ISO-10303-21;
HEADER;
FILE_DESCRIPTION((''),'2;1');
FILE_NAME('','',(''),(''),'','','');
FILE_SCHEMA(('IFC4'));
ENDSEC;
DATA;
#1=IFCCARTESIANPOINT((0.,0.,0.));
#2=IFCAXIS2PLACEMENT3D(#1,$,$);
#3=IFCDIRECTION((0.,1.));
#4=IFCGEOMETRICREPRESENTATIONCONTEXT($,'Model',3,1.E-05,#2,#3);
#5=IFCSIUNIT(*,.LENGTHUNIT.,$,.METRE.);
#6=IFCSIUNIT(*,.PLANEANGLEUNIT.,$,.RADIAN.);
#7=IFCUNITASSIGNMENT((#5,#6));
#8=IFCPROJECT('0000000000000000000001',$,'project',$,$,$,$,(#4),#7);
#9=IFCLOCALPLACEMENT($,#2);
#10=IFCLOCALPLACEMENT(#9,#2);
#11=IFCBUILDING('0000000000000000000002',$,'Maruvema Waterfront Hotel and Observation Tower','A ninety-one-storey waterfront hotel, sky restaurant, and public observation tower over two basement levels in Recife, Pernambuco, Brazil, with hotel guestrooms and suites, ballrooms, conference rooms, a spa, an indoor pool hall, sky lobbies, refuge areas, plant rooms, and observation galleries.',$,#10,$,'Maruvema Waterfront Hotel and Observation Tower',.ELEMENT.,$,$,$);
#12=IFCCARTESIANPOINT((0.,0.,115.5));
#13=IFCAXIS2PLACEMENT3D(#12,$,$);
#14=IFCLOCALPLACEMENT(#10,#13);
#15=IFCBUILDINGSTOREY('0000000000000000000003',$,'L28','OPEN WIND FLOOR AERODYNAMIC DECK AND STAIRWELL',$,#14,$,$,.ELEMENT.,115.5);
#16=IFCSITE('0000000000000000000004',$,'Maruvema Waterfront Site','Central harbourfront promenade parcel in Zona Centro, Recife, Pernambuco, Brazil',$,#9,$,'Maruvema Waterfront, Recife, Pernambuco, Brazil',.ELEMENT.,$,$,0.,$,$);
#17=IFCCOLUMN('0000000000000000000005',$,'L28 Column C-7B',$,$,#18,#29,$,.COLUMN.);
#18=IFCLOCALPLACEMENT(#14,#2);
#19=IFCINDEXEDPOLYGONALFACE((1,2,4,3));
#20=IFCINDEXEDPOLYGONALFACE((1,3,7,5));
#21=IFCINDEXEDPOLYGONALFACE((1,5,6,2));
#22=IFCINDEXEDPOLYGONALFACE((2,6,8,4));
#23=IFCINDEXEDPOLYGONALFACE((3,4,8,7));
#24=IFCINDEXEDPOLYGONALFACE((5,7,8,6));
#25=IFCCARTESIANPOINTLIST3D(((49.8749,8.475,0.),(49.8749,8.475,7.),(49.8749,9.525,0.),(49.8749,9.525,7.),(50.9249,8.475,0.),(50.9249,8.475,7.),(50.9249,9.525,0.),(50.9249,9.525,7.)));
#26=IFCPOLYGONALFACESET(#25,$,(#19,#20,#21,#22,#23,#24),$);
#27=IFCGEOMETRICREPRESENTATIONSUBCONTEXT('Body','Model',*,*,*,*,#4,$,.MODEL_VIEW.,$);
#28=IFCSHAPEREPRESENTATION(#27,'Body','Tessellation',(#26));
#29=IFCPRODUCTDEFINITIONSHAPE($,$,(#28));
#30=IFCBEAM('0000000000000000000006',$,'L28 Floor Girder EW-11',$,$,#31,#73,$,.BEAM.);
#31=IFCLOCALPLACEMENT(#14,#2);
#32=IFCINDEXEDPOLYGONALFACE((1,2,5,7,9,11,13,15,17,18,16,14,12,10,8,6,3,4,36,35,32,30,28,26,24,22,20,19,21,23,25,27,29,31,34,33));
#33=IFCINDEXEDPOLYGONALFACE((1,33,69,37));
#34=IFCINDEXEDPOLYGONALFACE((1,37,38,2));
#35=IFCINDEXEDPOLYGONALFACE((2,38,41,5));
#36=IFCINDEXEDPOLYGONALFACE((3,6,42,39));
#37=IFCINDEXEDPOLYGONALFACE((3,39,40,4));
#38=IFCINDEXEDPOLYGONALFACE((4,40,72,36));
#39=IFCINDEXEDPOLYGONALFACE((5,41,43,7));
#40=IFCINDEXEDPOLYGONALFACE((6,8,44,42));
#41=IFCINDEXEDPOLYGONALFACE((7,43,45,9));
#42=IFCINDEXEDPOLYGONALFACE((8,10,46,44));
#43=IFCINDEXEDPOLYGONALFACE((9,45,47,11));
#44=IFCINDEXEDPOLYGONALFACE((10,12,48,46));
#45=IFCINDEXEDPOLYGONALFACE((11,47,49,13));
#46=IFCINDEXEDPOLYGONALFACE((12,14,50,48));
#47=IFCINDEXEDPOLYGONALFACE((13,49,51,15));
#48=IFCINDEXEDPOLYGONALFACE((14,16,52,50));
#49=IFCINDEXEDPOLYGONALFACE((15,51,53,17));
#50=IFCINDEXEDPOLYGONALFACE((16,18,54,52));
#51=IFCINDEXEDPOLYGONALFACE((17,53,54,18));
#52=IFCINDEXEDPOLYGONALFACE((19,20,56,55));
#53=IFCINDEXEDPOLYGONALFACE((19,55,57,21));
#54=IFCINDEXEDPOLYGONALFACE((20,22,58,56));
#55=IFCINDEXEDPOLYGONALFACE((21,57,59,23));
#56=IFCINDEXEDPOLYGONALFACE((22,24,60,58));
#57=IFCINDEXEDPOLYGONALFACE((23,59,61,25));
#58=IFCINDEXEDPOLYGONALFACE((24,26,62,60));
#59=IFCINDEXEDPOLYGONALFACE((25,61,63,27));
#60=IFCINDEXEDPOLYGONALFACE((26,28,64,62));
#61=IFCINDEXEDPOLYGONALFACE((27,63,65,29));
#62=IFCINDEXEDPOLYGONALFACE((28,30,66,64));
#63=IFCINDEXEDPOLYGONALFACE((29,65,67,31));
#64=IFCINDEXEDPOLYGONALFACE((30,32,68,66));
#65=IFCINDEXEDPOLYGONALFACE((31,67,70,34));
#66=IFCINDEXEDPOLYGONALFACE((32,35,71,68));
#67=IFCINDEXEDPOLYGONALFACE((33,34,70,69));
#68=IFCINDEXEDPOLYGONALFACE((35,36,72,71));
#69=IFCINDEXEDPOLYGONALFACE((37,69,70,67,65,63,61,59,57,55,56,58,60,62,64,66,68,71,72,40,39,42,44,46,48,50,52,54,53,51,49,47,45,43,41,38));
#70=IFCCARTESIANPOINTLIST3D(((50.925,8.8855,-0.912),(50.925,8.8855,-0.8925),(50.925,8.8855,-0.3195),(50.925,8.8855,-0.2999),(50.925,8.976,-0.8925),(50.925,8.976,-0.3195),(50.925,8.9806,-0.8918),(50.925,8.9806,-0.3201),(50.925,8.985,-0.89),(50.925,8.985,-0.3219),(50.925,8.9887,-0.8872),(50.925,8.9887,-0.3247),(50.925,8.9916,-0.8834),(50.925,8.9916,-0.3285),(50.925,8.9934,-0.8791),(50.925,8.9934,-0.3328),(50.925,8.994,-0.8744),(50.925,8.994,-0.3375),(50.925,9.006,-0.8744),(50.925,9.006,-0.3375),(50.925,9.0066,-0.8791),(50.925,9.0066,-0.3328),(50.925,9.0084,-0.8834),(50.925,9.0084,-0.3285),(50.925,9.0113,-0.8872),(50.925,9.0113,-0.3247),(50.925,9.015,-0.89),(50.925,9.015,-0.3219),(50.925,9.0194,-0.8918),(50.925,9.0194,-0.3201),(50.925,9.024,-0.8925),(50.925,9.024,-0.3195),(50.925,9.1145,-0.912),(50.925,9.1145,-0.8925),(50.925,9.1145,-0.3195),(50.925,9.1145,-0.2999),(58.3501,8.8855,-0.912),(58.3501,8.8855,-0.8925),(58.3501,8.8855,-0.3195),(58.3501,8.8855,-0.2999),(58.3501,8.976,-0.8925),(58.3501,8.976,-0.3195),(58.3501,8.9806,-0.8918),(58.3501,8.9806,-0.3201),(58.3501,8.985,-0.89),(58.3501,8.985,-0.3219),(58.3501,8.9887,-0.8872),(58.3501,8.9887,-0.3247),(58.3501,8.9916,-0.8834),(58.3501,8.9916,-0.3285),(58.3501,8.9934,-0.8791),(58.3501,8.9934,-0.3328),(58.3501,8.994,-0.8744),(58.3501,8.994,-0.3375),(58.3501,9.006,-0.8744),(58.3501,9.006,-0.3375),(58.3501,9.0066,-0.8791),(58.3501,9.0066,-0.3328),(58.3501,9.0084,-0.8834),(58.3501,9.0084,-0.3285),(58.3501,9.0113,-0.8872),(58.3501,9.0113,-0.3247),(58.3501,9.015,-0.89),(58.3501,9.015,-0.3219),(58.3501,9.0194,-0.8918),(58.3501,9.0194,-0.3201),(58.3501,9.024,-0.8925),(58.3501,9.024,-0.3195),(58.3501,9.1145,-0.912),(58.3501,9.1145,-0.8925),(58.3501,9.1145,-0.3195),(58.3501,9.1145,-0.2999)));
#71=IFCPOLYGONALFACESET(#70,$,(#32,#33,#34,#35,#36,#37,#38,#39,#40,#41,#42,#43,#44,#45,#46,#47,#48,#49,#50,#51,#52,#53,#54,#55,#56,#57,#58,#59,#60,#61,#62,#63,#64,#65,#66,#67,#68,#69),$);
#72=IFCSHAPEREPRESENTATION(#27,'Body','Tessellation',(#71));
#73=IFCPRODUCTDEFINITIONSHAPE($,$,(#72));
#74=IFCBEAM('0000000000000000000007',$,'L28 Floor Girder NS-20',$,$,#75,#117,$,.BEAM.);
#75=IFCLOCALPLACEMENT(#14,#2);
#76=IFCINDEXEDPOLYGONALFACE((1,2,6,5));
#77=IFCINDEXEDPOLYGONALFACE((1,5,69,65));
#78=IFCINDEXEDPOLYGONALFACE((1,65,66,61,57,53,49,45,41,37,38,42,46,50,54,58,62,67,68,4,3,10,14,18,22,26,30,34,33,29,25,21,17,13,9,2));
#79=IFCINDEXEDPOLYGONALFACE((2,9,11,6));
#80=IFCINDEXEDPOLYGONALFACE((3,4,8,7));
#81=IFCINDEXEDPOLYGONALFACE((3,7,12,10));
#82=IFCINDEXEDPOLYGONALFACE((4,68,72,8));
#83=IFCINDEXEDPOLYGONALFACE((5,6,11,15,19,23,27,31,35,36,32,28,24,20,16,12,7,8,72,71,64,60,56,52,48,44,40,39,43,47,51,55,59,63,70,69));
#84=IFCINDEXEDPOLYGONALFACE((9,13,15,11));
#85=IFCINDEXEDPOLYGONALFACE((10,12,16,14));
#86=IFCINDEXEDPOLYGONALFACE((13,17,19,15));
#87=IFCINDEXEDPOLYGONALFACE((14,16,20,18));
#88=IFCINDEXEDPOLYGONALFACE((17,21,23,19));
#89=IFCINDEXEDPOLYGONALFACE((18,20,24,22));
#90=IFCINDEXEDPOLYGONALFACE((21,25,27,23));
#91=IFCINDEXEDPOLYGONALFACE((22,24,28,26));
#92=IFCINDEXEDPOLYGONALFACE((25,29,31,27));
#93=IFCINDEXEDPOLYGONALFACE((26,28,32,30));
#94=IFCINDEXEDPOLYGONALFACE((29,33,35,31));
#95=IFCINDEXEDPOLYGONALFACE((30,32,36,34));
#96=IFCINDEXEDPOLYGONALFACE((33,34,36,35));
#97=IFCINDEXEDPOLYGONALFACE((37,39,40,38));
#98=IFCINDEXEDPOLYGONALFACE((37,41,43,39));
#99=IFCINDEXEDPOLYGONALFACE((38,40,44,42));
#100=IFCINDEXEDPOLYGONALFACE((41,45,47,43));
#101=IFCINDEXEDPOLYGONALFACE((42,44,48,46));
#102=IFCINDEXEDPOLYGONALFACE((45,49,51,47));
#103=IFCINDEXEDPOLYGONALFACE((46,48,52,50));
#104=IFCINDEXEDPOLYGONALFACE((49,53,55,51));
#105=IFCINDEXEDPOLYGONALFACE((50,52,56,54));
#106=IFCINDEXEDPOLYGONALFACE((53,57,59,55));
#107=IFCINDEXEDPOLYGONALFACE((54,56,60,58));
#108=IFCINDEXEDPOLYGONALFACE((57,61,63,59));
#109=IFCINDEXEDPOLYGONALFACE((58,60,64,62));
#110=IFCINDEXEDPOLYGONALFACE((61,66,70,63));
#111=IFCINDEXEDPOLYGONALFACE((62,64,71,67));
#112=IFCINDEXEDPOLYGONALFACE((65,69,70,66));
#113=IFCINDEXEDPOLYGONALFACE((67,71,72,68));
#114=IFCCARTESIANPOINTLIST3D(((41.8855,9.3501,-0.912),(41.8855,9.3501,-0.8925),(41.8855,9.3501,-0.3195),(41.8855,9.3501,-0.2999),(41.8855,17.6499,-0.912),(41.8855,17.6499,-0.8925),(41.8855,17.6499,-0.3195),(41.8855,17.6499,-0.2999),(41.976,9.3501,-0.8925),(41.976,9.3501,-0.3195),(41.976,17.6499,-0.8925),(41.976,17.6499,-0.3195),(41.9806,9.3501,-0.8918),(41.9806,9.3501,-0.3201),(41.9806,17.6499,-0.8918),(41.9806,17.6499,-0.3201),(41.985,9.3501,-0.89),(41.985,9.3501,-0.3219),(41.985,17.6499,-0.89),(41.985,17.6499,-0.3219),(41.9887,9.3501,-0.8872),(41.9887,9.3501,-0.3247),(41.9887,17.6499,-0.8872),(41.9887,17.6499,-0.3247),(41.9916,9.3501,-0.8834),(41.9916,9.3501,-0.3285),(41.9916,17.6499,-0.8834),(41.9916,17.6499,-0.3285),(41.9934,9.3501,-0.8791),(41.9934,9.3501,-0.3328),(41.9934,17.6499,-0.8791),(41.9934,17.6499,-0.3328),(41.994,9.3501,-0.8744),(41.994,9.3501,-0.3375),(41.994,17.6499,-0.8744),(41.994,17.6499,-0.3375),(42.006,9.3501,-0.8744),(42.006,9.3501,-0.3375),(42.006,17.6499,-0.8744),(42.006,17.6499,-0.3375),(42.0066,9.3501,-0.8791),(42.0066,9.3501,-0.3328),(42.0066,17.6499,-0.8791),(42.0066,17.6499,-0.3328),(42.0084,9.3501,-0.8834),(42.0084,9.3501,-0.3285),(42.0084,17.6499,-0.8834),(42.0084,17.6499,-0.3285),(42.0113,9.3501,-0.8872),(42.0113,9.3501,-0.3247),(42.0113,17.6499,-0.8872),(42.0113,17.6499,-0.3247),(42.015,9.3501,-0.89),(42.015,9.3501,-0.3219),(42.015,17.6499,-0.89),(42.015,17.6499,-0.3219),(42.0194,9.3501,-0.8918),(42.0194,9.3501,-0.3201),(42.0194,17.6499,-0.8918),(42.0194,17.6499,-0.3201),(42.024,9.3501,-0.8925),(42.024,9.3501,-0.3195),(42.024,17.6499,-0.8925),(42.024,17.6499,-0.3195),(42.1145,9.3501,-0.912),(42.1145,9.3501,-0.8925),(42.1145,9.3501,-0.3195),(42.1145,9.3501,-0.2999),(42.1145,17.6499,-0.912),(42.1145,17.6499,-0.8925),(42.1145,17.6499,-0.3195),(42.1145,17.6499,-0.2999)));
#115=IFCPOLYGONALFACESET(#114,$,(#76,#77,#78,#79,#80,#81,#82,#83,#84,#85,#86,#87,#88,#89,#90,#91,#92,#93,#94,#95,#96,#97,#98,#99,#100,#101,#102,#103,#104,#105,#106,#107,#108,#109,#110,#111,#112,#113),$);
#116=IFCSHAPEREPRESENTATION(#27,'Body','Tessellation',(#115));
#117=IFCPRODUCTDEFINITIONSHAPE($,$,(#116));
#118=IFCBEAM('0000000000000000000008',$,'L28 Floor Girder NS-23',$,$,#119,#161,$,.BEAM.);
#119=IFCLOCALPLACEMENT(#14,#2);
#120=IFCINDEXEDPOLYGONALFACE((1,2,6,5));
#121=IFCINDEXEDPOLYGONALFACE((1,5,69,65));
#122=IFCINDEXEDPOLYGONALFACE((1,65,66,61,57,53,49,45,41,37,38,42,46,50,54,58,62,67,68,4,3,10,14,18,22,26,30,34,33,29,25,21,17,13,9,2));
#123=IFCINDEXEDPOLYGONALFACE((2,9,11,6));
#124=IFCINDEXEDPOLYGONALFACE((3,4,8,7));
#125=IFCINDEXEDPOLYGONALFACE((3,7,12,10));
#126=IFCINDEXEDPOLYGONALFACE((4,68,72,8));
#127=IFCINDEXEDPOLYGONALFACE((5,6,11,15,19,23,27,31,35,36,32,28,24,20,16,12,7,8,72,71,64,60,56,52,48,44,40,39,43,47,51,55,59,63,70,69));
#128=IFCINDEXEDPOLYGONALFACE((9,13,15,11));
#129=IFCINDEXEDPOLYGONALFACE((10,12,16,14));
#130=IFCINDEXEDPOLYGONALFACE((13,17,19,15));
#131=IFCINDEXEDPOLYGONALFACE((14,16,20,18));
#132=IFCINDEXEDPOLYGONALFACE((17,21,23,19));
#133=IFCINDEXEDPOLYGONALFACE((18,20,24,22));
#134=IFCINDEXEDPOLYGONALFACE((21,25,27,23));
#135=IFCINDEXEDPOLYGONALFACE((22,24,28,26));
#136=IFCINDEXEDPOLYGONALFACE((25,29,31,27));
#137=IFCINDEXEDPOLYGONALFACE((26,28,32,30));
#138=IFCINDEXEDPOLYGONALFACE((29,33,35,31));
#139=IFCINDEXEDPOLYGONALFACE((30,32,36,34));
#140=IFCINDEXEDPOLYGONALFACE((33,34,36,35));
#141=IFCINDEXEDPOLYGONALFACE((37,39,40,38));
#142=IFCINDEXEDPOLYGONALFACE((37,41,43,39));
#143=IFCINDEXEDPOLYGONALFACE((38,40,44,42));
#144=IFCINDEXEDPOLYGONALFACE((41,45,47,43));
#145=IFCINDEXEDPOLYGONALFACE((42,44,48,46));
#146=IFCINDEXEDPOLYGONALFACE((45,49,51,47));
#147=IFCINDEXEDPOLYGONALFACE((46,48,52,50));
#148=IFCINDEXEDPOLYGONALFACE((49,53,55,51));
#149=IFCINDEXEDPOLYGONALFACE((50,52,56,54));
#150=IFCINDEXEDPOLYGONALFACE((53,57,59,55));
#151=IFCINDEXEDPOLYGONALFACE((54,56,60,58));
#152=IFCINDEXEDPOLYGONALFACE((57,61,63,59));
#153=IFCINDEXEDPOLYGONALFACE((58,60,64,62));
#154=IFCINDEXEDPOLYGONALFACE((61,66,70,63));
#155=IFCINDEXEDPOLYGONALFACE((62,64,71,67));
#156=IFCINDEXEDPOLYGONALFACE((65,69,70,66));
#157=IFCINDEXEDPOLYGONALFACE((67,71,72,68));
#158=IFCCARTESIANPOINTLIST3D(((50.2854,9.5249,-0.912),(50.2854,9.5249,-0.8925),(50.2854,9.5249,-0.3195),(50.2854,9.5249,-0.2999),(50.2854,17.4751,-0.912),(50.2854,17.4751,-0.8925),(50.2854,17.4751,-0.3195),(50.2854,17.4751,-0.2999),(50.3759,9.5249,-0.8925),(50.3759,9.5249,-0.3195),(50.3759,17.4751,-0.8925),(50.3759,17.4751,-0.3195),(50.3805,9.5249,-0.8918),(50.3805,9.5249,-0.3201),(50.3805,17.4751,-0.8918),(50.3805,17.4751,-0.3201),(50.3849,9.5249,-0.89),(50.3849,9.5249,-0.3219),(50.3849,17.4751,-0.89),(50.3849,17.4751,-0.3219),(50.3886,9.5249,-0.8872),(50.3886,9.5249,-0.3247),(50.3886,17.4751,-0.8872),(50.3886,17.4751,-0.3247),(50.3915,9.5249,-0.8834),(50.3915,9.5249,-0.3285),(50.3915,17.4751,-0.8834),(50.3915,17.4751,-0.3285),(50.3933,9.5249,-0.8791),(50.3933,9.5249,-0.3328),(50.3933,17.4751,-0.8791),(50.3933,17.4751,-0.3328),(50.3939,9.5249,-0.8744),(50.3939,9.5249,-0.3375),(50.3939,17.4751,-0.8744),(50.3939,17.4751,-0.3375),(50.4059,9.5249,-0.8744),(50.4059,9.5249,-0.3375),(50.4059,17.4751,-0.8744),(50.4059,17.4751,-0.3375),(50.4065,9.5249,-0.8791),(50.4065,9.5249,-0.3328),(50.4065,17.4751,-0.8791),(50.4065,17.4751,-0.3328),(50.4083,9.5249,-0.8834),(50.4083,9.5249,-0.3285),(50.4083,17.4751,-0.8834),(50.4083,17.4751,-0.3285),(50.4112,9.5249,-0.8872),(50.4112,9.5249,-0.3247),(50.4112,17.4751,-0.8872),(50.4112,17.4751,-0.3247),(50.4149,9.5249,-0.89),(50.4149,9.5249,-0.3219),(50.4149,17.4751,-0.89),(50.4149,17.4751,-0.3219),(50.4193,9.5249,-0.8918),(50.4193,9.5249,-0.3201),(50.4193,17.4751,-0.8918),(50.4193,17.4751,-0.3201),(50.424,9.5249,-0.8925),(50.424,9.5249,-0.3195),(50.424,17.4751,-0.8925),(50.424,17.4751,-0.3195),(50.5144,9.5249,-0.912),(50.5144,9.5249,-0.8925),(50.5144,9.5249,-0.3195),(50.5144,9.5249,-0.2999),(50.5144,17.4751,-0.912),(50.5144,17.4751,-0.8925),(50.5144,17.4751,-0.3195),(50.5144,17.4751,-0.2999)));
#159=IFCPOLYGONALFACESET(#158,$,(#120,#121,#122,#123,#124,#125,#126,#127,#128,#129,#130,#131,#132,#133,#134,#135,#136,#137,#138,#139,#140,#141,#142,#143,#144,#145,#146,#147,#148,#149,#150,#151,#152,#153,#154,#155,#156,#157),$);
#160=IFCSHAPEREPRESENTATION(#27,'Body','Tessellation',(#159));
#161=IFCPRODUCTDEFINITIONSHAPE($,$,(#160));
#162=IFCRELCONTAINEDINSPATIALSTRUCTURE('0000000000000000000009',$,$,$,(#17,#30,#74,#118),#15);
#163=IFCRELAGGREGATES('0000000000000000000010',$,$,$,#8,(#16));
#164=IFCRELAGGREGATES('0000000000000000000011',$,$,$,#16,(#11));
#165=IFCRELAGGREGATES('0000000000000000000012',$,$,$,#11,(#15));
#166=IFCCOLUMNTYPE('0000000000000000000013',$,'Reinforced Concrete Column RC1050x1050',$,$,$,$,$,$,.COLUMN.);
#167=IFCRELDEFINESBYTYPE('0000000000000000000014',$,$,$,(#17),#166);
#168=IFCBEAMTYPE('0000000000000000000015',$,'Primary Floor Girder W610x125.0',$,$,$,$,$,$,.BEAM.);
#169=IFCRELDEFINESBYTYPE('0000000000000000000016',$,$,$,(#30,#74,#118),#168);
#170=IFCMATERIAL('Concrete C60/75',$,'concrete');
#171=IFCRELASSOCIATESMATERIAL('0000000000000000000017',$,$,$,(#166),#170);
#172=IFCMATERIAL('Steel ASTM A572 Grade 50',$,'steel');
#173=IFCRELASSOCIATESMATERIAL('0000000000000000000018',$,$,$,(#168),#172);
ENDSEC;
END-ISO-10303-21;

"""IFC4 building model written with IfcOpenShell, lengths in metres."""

from ifc_helpers import new_model, si_unit, direction, frame, origin, origin_2d, place, context, subcontext, project, spatial, rectangle, i_section, extrude, material, material_profile, profile_set, type_object, element, save


model = new_model("IFC4")

# Units and contexts
model_context = context("Model", 3, precision=1e-05, world=origin(), true_north=direction((0.0, 1.0)))
body_context = subcontext(model_context, "Body", "Model", "MODEL_VIEW")
ifc_project = project(units=[si_unit("LENGTHUNIT", "METRE"), si_unit("PLANEANGLEUNIT", "RADIAN")], contexts=[model_context])

# Site, building, storey
site_placement = place(None, origin())
site = spatial("IfcSite", under=ifc_project, at=site_placement, Name="Maruvema Waterfront Site", Description="Central harbourfront promenade parcel in Zona Centro, Recife, Pernambuco, Brazil", LongName="Maruvema Waterfront, Recife, Pernambuco, Brazil", CompositionType="ELEMENT", RefElevation=0.0)
building_placement = place(site_placement, origin())
building = spatial("IfcBuilding", under=site, at=building_placement, Name="Maruvema Waterfront Hotel and Observation Tower", Description="A ninety-one-storey waterfront hotel, sky restaurant, and public observation tower over two basement levels in Recife, Pernambuco, Brazil, with hotel guestrooms and suites, ballrooms, conference rooms, a spa, an indoor pool hall, sky lobbies, refuge areas, plant rooms, and observation galleries.", LongName="Maruvema Waterfront Hotel and Observation Tower", CompositionType="ELEMENT")
storey_placement = place(building_placement, frame((0.0, 0.0, 115.5)))
storey = spatial("IfcBuildingStorey", under=building, at=storey_placement, Name="L28", Description="OPEN WIND FLOOR AERODYNAMIC DECK AND STAIRWELL", CompositionType="ELEMENT", Elevation=115.5)

# Column
ifc_material_1 = material(Name="Concrete C60/75", Category="concrete")
ifc_material_profile_1 = material_profile(ifc_material_1, rectangle(XDim=1.05, YDim=1.05, at=origin_2d()), Name="RC1050x1050")
ifc_profile_set_1 = profile_set([ifc_material_profile_1], Name="Concrete C60/75")
column_type = type_object("IfcColumnType", Name="Reinforced Concrete Column RC1050x1050", PredefinedType="COLUMN", material=ifc_profile_set_1)
column_placement = place(storey_placement, frame((50.3999, 9.0, 0.0), z_axis=(0.0, 0.0, 1.0), x_axis=(1.0, 0.0, 0.0)))
element("IfcColumn", 1, at=column_placement, inside=storey, type_object=column_type, Name="L28 Column C-7B", PredefinedType="COLUMN", context=body_context, shape_type="SweptSolid", body=[
    extrude(rectangle(XDim=1.05, YDim=1.05, at=origin_2d()), origin(), (0.0, 0.0, 1.0), 7.0),
])

# Beams
ifc_material_2 = material(Name="Steel ASTM A572 Grade 50", Category="steel")
ifc_material_profile_2 = material_profile(ifc_material_2, i_section(OverallWidth=0.229, OverallDepth=0.6121, WebThickness=0.012, FlangeThickness=0.0195, FilletRadius=0.0181, at=origin_2d()), Name="W610x125.0")
ifc_profile_set_2 = profile_set([ifc_material_profile_2], Name="Steel ASTM A572 Grade 50")
beam_type_1 = type_object("IfcBeamType", Name="Primary Floor Girder W610x125.0", PredefinedType="BEAM", material=ifc_profile_set_2)
beam_1_placement = place(storey_placement, frame((50.925, 9.0, -0.606), z_axis=(1.0, 0.0, 0.0), x_axis=(0.0, 1.0, 0.0)))
element("IfcBeam", 2, at=beam_1_placement, inside=storey, type_object=beam_type_1, Name="L28 Floor Girder EW-11", PredefinedType="BEAM", context=body_context, shape_type="SweptSolid", body=[
    extrude(i_section(OverallWidth=0.229, OverallDepth=0.6121, WebThickness=0.012, FlangeThickness=0.0195, FilletRadius=0.0181, at=origin_2d()), origin(), (0.0, 0.0, 1.0), 7.425),
])
beam_2_placement = place(storey_placement, frame((42.0, 9.3501, -0.606), z_axis=(0.0, 1.0, 0.0), x_axis=(-1.0, 0.0, 0.0)))
element("IfcBeam", 3, at=beam_2_placement, inside=storey, type_object=beam_type_1, Name="L28 Floor Girder NS-20", PredefinedType="BEAM", context=body_context, shape_type="SweptSolid", body=[
    extrude(i_section(OverallWidth=0.229, OverallDepth=0.6121, WebThickness=0.012, FlangeThickness=0.0195, FilletRadius=0.0181, at=origin_2d()), origin(), (0.0, 0.0, 1.0), 8.2998),
])
beam_3_placement = place(storey_placement, frame((50.3999, 9.5249, -0.606), z_axis=(0.0, 1.0, 0.0), x_axis=(-1.0, 0.0, 0.0)))
element("IfcBeam", 4, at=beam_3_placement, inside=storey, type_object=beam_type_1, Name="L28 Floor Girder NS-23", PredefinedType="BEAM", context=body_context, shape_type="SweptSolid", body=[
    extrude(i_section(OverallWidth=0.229, OverallDepth=0.6121, WebThickness=0.012, FlangeThickness=0.0195, FilletRadius=0.0181, at=origin_2d()), origin(), (0.0, 0.0, 1.0), 7.9502),
])

save(model, "model.ifc")
